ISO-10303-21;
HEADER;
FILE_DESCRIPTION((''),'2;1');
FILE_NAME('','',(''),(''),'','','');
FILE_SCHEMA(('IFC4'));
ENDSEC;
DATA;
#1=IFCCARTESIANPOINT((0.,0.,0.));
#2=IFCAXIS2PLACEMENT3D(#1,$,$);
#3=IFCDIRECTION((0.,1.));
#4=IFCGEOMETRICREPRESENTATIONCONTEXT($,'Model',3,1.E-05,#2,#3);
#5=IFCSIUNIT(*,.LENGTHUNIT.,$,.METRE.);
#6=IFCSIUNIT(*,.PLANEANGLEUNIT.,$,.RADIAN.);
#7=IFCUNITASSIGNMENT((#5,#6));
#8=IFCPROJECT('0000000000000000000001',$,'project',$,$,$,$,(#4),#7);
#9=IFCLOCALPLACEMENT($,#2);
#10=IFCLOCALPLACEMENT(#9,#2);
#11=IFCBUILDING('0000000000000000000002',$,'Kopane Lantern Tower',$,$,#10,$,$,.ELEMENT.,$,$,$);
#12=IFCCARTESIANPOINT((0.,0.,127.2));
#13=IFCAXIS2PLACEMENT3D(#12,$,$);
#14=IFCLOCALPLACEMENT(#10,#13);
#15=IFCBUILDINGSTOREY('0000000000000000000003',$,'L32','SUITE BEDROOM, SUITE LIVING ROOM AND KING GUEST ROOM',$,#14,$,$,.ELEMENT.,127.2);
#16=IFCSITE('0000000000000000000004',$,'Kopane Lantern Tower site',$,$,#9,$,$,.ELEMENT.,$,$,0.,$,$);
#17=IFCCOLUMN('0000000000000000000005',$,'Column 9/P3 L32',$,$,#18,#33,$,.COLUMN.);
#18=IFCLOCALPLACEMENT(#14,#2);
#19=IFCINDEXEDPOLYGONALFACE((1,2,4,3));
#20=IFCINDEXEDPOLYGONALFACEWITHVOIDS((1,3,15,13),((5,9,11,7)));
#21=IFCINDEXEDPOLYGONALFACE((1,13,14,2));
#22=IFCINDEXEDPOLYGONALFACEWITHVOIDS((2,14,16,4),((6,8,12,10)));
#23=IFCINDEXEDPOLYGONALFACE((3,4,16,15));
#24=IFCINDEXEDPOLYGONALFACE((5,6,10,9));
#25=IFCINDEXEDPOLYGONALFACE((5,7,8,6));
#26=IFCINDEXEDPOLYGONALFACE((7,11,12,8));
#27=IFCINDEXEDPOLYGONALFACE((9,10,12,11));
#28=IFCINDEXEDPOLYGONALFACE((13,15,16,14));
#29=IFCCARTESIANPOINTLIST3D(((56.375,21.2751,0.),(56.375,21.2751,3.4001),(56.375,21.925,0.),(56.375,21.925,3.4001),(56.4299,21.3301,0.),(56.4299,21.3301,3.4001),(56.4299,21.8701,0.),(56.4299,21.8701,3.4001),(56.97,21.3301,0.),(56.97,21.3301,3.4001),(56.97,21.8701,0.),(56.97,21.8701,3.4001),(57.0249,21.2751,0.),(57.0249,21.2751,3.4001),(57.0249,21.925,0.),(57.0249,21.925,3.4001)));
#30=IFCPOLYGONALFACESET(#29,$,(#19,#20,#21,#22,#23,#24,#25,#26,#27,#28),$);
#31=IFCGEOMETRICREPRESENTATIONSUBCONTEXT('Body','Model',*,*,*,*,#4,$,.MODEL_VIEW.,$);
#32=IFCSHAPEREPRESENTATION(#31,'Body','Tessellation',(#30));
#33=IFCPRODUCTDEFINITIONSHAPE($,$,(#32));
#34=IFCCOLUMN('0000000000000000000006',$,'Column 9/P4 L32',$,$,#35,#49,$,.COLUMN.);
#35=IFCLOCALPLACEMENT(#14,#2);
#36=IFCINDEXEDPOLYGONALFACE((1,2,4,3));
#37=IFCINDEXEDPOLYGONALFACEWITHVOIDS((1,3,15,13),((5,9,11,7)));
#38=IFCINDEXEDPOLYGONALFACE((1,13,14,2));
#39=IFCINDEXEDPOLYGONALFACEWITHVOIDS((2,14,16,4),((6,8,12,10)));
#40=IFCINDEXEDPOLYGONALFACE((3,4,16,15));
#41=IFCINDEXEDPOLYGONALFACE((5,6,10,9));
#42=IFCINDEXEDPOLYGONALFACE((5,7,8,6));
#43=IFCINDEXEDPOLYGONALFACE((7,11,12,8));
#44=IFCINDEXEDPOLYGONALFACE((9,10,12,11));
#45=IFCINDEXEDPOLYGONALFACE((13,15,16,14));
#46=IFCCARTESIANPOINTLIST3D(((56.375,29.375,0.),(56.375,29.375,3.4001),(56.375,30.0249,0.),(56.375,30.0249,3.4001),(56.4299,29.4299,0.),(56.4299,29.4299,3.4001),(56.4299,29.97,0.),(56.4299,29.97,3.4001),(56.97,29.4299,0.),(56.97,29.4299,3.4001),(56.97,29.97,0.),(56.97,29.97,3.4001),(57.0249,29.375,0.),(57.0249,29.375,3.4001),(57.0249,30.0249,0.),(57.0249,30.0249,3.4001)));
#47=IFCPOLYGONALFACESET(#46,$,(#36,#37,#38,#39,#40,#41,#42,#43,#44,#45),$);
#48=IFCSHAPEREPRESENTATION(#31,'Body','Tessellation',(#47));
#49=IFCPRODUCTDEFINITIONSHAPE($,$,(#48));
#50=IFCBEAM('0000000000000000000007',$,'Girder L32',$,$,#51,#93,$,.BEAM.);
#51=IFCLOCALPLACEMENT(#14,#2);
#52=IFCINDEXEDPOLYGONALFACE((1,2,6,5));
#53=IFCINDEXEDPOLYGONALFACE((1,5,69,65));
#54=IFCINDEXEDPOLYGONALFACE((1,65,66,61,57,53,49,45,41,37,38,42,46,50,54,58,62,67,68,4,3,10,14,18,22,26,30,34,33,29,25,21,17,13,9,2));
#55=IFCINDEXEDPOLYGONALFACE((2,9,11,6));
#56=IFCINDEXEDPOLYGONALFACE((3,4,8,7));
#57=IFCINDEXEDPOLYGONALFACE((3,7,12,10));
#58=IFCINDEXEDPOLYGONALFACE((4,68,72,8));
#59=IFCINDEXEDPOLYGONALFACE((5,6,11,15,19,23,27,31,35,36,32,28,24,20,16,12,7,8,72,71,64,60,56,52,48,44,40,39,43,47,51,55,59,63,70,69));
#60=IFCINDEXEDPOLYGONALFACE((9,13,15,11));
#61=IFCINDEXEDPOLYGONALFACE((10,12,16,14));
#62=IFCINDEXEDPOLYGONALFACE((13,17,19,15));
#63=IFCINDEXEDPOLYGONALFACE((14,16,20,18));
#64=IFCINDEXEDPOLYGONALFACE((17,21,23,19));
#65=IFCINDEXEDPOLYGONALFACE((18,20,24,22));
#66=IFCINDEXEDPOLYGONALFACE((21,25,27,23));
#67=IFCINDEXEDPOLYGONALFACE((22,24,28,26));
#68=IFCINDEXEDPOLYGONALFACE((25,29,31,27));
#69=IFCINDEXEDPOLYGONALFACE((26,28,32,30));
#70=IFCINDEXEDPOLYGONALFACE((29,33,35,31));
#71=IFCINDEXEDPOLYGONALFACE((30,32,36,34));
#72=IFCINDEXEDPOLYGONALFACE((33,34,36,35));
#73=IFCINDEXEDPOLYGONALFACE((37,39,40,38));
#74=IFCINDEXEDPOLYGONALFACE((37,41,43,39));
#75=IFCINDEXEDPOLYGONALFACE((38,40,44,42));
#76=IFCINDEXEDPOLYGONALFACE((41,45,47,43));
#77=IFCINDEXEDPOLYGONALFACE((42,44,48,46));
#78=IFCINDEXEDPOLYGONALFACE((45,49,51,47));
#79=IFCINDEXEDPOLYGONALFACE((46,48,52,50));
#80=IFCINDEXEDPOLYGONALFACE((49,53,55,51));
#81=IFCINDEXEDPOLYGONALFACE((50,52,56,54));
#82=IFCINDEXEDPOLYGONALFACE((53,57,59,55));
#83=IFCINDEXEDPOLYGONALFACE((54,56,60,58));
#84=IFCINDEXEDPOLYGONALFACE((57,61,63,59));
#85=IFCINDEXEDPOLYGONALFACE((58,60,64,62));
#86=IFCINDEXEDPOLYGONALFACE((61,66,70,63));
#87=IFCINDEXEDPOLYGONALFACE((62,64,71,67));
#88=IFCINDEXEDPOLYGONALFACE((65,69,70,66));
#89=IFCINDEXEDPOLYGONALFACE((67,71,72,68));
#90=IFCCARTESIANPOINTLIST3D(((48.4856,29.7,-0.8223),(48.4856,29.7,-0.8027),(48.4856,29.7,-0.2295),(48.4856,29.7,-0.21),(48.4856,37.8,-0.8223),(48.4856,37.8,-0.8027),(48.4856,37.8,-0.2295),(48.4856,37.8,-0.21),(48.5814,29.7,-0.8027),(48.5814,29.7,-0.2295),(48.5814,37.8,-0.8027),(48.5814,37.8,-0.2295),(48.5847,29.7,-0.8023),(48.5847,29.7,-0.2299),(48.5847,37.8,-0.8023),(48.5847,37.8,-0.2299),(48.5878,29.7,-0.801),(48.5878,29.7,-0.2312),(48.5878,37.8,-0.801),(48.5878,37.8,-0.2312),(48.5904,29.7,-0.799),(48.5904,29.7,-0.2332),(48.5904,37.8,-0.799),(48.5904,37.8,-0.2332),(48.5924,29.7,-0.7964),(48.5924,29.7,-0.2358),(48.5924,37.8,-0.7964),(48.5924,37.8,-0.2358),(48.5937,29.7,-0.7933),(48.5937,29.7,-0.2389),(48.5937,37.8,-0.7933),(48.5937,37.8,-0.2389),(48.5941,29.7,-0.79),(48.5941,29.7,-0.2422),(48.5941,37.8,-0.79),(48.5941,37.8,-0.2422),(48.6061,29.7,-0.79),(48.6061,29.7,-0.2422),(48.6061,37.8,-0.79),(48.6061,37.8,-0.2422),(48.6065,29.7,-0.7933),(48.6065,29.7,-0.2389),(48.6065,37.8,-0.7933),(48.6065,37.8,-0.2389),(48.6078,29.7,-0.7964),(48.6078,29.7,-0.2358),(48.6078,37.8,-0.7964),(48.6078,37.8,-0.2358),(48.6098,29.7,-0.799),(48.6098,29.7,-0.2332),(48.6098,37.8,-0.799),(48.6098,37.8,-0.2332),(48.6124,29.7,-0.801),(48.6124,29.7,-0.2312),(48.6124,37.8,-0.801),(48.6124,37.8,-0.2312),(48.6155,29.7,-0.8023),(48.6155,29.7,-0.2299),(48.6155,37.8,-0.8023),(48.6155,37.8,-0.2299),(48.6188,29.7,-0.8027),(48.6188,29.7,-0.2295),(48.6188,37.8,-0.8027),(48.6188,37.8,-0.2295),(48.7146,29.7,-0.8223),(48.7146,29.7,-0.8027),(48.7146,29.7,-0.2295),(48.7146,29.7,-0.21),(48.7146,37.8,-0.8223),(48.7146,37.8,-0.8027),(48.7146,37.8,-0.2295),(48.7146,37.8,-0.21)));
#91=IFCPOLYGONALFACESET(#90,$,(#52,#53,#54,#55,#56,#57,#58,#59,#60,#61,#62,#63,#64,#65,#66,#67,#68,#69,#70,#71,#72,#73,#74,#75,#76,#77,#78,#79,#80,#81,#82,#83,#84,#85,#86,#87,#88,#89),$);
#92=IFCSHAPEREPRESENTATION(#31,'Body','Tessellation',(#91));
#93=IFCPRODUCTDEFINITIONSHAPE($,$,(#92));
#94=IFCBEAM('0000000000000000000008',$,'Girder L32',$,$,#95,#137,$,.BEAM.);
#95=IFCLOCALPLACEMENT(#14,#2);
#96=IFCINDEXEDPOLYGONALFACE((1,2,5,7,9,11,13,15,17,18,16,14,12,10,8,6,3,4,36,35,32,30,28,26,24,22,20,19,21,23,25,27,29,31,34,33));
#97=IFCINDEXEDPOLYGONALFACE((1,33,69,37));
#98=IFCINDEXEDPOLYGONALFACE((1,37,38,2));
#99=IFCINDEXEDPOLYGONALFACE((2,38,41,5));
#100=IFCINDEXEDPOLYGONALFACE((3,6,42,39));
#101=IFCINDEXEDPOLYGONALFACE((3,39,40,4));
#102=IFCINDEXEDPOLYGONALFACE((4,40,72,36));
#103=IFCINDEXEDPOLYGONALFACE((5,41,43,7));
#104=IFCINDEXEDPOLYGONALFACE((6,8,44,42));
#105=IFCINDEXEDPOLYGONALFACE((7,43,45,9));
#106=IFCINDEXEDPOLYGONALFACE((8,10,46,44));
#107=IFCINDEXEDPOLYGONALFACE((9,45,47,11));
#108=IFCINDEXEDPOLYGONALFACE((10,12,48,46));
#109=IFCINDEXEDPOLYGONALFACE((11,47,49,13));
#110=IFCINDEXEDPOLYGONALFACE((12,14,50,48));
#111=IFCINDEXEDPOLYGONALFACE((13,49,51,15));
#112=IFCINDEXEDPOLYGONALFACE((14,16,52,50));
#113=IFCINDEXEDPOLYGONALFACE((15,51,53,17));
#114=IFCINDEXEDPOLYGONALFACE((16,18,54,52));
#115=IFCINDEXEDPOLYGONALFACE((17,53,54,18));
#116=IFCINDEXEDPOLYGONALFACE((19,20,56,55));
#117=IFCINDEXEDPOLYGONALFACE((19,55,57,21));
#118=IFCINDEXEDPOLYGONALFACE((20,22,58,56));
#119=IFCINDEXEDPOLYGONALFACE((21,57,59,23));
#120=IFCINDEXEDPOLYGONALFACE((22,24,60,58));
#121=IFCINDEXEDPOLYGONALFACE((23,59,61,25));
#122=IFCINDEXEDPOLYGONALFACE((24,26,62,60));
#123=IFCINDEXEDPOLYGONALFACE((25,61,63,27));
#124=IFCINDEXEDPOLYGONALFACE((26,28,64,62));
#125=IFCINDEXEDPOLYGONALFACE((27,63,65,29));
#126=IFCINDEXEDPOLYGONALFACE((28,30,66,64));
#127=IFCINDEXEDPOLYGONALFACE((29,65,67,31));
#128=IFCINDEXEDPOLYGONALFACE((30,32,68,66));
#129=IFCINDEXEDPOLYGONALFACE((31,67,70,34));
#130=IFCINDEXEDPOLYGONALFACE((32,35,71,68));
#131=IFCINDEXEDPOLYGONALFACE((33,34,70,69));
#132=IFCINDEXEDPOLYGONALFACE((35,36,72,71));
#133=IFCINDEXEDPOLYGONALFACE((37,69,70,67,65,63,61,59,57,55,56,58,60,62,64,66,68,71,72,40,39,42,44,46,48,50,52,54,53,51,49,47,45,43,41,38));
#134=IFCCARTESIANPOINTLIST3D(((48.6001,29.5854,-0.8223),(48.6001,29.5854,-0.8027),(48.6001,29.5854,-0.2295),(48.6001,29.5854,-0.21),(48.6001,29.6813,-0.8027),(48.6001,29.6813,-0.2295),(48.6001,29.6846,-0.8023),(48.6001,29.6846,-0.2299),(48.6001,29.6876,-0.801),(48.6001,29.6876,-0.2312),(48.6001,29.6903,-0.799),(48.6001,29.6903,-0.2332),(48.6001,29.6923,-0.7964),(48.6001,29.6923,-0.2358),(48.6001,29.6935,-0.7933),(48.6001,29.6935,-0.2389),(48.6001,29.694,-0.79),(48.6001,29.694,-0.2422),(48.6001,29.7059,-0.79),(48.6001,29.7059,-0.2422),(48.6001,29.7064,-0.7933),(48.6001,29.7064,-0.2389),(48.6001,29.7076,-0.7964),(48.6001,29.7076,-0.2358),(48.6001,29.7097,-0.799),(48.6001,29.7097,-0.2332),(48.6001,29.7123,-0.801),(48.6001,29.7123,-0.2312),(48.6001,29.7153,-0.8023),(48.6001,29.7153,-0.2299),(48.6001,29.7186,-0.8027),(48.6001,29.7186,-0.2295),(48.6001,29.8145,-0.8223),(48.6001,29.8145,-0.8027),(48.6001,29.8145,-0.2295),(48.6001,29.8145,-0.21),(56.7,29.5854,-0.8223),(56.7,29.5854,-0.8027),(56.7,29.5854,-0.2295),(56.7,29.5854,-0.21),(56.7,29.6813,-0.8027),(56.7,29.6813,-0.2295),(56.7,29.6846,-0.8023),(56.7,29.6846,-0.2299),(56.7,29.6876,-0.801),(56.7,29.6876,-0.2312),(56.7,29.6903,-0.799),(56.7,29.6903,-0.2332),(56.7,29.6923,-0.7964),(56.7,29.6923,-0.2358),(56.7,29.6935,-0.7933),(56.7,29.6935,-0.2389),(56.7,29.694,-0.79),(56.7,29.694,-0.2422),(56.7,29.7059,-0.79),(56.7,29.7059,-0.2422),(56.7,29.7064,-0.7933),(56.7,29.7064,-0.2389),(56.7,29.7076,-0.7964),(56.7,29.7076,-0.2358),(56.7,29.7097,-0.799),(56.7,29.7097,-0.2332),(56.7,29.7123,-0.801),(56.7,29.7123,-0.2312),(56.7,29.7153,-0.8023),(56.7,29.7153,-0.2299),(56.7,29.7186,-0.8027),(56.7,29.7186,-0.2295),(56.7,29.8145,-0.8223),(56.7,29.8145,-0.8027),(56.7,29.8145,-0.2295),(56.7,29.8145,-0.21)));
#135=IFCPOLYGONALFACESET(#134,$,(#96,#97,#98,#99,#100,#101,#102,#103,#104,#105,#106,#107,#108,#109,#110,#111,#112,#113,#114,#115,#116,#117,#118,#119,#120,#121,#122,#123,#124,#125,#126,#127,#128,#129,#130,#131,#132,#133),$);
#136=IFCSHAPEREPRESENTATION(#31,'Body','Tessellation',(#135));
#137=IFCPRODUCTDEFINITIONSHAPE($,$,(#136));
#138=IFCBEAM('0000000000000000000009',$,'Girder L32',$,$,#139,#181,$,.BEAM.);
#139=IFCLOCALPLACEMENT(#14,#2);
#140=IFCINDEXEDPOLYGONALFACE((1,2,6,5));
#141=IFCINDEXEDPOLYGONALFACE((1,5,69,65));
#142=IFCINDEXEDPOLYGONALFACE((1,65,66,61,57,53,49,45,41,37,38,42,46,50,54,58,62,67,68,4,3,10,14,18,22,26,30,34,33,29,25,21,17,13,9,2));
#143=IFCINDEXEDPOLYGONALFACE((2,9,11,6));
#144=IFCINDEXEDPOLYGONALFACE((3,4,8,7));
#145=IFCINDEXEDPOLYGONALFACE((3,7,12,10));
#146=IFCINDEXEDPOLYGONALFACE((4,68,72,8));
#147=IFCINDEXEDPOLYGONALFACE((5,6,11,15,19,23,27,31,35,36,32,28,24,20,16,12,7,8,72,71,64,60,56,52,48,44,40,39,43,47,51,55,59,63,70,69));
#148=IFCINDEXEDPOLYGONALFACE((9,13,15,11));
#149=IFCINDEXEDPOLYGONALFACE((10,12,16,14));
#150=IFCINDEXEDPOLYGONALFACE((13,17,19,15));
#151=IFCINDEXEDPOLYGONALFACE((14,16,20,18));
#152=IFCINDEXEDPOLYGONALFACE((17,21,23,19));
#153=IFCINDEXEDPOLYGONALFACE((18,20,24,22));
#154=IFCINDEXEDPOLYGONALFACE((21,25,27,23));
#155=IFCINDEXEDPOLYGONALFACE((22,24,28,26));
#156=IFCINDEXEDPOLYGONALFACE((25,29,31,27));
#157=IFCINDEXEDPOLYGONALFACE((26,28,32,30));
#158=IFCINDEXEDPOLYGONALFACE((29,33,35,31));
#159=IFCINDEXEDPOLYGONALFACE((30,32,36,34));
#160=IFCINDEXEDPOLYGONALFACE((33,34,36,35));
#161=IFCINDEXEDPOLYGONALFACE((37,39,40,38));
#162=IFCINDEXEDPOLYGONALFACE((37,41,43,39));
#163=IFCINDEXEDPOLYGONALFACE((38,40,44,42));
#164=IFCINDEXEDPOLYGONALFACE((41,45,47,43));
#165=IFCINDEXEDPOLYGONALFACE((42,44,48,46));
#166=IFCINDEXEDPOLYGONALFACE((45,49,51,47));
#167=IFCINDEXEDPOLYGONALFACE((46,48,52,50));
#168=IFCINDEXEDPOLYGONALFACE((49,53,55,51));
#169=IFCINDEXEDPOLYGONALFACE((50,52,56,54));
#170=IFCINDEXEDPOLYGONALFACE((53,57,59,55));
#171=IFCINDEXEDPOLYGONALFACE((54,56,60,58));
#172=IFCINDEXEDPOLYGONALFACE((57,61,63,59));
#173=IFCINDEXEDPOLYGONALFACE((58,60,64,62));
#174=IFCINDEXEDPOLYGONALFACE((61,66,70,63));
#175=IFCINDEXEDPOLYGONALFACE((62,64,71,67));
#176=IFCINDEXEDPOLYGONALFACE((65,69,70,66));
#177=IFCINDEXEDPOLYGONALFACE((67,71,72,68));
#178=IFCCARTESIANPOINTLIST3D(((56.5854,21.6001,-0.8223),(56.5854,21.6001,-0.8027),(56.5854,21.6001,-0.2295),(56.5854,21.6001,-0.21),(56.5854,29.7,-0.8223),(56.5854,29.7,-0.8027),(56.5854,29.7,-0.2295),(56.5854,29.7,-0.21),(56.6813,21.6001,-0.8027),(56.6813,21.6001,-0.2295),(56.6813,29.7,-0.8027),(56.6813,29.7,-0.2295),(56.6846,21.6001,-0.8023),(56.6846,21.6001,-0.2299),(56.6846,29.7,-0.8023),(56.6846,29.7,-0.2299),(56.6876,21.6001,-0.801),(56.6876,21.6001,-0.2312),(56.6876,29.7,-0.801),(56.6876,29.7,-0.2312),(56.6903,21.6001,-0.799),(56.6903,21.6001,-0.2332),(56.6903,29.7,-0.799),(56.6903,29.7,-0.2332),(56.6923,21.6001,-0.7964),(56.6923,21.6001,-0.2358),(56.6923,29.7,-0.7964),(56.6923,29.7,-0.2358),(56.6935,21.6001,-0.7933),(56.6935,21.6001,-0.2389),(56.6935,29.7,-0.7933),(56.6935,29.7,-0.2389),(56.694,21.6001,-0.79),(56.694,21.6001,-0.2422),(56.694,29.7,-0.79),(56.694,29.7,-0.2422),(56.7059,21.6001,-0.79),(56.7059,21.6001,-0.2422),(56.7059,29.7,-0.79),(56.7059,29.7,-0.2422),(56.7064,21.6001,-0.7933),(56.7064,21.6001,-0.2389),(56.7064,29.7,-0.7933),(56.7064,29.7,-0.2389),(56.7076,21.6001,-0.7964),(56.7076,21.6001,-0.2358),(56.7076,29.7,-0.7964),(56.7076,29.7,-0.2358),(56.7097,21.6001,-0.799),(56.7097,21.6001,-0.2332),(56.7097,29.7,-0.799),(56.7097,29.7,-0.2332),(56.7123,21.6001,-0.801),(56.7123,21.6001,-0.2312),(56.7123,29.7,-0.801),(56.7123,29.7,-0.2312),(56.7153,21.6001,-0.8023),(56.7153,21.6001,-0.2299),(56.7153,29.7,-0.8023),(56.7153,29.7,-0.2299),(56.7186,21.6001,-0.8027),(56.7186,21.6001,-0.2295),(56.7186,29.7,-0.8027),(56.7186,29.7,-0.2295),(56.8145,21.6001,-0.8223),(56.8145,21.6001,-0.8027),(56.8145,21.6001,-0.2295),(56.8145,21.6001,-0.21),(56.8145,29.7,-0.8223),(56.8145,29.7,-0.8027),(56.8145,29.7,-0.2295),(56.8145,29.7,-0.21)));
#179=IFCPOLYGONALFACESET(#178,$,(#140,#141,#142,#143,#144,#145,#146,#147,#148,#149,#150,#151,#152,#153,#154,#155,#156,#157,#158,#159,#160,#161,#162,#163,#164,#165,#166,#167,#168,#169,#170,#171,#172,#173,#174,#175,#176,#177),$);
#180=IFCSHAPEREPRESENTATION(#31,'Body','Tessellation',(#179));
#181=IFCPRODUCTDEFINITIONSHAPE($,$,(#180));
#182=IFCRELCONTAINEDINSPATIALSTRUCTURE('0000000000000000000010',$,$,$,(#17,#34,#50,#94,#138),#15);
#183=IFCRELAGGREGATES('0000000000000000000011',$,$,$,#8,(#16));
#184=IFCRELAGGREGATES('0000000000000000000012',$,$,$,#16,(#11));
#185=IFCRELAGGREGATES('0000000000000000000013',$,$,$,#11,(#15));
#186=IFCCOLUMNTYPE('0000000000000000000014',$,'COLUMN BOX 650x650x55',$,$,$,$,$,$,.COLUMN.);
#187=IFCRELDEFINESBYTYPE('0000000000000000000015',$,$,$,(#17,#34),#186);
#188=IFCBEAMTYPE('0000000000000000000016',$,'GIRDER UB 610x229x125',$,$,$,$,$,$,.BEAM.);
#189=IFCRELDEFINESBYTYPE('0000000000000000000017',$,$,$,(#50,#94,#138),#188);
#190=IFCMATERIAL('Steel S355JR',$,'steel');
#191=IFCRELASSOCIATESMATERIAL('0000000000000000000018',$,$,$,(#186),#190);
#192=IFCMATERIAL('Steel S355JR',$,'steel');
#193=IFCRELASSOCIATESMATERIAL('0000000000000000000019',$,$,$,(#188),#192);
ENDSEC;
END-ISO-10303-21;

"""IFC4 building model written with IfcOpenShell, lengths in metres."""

from ifc_helpers import new_model, si_unit, direction, frame, origin, origin_2d, place, context, subcontext, project, spatial, hollow_rectangle, i_section, extrude, material, material_profile, profile_set, type_object, element, save


model = new_model("IFC4")

# Units and contexts
model_context = context("Model", 3, precision=1e-05, world=origin(), true_north=direction((0.0, 1.0)))
body_context = subcontext(model_context, "Body", "Model", "MODEL_VIEW")
ifc_project = project(units=[si_unit("LENGTHUNIT", "METRE"), si_unit("PLANEANGLEUNIT", "RADIAN")], contexts=[model_context])

# Site, building, storey
site_placement = place(None, origin())
site = spatial("IfcSite", under=ifc_project, at=site_placement, Name="Kopane Lantern Tower site", CompositionType="ELEMENT", RefElevation=0.0)
building_placement = place(site_placement, origin())
building = spatial("IfcBuilding", under=site, at=building_placement, Name="Kopane Lantern Tower", CompositionType="ELEMENT")
storey_placement = place(building_placement, frame((0.0, 0.0, 127.2)))
storey = spatial("IfcBuildingStorey", under=building, at=storey_placement, Name="L32", Description="SUITE BEDROOM, SUITE LIVING ROOM AND KING GUEST ROOM", CompositionType="ELEMENT", Elevation=127.2)

# Columns
ifc_material_1 = material(Name="Steel S355JR", Category="steel")
ifc_material_profile_1 = material_profile(ifc_material_1, hollow_rectangle(XDim=0.6499, YDim=0.6499, WallThickness=0.0549, at=origin_2d()), Name="BOX 650x650x55")
ifc_profile_set_1 = profile_set([ifc_material_profile_1], Name="Steel S355JR")
column_type = type_object("IfcColumnType", Name="COLUMN BOX 650x650x55", PredefinedType="COLUMN", material=ifc_profile_set_1)
for number, where, z_axis, x_axis, name in (
    (1, (56.7, 21.6001, 0.0), (0.0, 0.0, 1.0), (1.0, 0.0, 0.0), "Column 9/P3 L32"),
    (2, (56.7, 29.7, 0.0), (0.0, 0.0, 1.0), (1.0, 0.0, 0.0), "Column 9/P4 L32"),
):
    element("IfcColumn", number, at=place(storey_placement, frame(where, z_axis=z_axis, x_axis=x_axis)), inside=storey, type_object=column_type, Name=name, PredefinedType="COLUMN", context=body_context, shape_type="SweptSolid", body=[
        extrude(hollow_rectangle(XDim=0.6499, YDim=0.6499, WallThickness=0.0549, at=origin_2d()), origin(), (0.0, 0.0, 1.0), 3.4001),
    ])

# Beams
ifc_material_2 = material(Name="Steel S355JR", Category="steel")
ifc_material_profile_2 = material_profile(ifc_material_2, i_section(OverallWidth=0.229, OverallDepth=0.6123, WebThickness=0.012, FlangeThickness=0.0195, FilletRadius=0.0127, at=origin_2d()), Name="UB 610x229x125")
ifc_profile_set_2 = profile_set([ifc_material_profile_2], Name="Steel S355JR")
beam_type = type_object("IfcBeamType", Name="GIRDER UB 610x229x125", PredefinedType="BEAM", material=ifc_profile_set_2)
beam_1_placement = place(storey_placement, frame((48.6001, 29.7, -0.5161), z_axis=(0.0, 1.0, 0.0), x_axis=(-1.0, 0.0, 0.0)))
element("IfcBeam", 3, at=beam_1_placement, inside=storey, type_object=beam_type, Name="Girder L32", PredefinedType="BEAM", context=body_context, shape_type="SweptSolid", body=[
    extrude(i_section(OverallWidth=0.229, OverallDepth=0.6123, WebThickness=0.012, FlangeThickness=0.0195, FilletRadius=0.0127, at=origin_2d()), origin(), (0.0, 0.0, 1.0), 8.1001),
])
for number, where, z_axis, x_axis, name in (
    (4, (48.6001, 29.7, -0.5161), (1.0, 0.0, 0.0), (0.0, 1.0, 0.0), "Girder L32"),
    (5, (56.7, 21.6001, -0.5161), (0.0, 1.0, 0.0), (-1.0, 0.0, 0.0), "Girder L32"),
):
    element("IfcBeam", number, at=place(storey_placement, frame(where, z_axis=z_axis, x_axis=x_axis)), inside=storey, type_object=beam_type, Name=name, PredefinedType="BEAM", context=body_context, shape_type="SweptSolid", body=[
        extrude(i_section(OverallWidth=0.229, OverallDepth=0.6123, WebThickness=0.012, FlangeThickness=0.0195, FilletRadius=0.0127, at=origin_2d()), origin(), (0.0, 0.0, 1.0), 8.0999),
    ])

save(model, "model.ifc")
